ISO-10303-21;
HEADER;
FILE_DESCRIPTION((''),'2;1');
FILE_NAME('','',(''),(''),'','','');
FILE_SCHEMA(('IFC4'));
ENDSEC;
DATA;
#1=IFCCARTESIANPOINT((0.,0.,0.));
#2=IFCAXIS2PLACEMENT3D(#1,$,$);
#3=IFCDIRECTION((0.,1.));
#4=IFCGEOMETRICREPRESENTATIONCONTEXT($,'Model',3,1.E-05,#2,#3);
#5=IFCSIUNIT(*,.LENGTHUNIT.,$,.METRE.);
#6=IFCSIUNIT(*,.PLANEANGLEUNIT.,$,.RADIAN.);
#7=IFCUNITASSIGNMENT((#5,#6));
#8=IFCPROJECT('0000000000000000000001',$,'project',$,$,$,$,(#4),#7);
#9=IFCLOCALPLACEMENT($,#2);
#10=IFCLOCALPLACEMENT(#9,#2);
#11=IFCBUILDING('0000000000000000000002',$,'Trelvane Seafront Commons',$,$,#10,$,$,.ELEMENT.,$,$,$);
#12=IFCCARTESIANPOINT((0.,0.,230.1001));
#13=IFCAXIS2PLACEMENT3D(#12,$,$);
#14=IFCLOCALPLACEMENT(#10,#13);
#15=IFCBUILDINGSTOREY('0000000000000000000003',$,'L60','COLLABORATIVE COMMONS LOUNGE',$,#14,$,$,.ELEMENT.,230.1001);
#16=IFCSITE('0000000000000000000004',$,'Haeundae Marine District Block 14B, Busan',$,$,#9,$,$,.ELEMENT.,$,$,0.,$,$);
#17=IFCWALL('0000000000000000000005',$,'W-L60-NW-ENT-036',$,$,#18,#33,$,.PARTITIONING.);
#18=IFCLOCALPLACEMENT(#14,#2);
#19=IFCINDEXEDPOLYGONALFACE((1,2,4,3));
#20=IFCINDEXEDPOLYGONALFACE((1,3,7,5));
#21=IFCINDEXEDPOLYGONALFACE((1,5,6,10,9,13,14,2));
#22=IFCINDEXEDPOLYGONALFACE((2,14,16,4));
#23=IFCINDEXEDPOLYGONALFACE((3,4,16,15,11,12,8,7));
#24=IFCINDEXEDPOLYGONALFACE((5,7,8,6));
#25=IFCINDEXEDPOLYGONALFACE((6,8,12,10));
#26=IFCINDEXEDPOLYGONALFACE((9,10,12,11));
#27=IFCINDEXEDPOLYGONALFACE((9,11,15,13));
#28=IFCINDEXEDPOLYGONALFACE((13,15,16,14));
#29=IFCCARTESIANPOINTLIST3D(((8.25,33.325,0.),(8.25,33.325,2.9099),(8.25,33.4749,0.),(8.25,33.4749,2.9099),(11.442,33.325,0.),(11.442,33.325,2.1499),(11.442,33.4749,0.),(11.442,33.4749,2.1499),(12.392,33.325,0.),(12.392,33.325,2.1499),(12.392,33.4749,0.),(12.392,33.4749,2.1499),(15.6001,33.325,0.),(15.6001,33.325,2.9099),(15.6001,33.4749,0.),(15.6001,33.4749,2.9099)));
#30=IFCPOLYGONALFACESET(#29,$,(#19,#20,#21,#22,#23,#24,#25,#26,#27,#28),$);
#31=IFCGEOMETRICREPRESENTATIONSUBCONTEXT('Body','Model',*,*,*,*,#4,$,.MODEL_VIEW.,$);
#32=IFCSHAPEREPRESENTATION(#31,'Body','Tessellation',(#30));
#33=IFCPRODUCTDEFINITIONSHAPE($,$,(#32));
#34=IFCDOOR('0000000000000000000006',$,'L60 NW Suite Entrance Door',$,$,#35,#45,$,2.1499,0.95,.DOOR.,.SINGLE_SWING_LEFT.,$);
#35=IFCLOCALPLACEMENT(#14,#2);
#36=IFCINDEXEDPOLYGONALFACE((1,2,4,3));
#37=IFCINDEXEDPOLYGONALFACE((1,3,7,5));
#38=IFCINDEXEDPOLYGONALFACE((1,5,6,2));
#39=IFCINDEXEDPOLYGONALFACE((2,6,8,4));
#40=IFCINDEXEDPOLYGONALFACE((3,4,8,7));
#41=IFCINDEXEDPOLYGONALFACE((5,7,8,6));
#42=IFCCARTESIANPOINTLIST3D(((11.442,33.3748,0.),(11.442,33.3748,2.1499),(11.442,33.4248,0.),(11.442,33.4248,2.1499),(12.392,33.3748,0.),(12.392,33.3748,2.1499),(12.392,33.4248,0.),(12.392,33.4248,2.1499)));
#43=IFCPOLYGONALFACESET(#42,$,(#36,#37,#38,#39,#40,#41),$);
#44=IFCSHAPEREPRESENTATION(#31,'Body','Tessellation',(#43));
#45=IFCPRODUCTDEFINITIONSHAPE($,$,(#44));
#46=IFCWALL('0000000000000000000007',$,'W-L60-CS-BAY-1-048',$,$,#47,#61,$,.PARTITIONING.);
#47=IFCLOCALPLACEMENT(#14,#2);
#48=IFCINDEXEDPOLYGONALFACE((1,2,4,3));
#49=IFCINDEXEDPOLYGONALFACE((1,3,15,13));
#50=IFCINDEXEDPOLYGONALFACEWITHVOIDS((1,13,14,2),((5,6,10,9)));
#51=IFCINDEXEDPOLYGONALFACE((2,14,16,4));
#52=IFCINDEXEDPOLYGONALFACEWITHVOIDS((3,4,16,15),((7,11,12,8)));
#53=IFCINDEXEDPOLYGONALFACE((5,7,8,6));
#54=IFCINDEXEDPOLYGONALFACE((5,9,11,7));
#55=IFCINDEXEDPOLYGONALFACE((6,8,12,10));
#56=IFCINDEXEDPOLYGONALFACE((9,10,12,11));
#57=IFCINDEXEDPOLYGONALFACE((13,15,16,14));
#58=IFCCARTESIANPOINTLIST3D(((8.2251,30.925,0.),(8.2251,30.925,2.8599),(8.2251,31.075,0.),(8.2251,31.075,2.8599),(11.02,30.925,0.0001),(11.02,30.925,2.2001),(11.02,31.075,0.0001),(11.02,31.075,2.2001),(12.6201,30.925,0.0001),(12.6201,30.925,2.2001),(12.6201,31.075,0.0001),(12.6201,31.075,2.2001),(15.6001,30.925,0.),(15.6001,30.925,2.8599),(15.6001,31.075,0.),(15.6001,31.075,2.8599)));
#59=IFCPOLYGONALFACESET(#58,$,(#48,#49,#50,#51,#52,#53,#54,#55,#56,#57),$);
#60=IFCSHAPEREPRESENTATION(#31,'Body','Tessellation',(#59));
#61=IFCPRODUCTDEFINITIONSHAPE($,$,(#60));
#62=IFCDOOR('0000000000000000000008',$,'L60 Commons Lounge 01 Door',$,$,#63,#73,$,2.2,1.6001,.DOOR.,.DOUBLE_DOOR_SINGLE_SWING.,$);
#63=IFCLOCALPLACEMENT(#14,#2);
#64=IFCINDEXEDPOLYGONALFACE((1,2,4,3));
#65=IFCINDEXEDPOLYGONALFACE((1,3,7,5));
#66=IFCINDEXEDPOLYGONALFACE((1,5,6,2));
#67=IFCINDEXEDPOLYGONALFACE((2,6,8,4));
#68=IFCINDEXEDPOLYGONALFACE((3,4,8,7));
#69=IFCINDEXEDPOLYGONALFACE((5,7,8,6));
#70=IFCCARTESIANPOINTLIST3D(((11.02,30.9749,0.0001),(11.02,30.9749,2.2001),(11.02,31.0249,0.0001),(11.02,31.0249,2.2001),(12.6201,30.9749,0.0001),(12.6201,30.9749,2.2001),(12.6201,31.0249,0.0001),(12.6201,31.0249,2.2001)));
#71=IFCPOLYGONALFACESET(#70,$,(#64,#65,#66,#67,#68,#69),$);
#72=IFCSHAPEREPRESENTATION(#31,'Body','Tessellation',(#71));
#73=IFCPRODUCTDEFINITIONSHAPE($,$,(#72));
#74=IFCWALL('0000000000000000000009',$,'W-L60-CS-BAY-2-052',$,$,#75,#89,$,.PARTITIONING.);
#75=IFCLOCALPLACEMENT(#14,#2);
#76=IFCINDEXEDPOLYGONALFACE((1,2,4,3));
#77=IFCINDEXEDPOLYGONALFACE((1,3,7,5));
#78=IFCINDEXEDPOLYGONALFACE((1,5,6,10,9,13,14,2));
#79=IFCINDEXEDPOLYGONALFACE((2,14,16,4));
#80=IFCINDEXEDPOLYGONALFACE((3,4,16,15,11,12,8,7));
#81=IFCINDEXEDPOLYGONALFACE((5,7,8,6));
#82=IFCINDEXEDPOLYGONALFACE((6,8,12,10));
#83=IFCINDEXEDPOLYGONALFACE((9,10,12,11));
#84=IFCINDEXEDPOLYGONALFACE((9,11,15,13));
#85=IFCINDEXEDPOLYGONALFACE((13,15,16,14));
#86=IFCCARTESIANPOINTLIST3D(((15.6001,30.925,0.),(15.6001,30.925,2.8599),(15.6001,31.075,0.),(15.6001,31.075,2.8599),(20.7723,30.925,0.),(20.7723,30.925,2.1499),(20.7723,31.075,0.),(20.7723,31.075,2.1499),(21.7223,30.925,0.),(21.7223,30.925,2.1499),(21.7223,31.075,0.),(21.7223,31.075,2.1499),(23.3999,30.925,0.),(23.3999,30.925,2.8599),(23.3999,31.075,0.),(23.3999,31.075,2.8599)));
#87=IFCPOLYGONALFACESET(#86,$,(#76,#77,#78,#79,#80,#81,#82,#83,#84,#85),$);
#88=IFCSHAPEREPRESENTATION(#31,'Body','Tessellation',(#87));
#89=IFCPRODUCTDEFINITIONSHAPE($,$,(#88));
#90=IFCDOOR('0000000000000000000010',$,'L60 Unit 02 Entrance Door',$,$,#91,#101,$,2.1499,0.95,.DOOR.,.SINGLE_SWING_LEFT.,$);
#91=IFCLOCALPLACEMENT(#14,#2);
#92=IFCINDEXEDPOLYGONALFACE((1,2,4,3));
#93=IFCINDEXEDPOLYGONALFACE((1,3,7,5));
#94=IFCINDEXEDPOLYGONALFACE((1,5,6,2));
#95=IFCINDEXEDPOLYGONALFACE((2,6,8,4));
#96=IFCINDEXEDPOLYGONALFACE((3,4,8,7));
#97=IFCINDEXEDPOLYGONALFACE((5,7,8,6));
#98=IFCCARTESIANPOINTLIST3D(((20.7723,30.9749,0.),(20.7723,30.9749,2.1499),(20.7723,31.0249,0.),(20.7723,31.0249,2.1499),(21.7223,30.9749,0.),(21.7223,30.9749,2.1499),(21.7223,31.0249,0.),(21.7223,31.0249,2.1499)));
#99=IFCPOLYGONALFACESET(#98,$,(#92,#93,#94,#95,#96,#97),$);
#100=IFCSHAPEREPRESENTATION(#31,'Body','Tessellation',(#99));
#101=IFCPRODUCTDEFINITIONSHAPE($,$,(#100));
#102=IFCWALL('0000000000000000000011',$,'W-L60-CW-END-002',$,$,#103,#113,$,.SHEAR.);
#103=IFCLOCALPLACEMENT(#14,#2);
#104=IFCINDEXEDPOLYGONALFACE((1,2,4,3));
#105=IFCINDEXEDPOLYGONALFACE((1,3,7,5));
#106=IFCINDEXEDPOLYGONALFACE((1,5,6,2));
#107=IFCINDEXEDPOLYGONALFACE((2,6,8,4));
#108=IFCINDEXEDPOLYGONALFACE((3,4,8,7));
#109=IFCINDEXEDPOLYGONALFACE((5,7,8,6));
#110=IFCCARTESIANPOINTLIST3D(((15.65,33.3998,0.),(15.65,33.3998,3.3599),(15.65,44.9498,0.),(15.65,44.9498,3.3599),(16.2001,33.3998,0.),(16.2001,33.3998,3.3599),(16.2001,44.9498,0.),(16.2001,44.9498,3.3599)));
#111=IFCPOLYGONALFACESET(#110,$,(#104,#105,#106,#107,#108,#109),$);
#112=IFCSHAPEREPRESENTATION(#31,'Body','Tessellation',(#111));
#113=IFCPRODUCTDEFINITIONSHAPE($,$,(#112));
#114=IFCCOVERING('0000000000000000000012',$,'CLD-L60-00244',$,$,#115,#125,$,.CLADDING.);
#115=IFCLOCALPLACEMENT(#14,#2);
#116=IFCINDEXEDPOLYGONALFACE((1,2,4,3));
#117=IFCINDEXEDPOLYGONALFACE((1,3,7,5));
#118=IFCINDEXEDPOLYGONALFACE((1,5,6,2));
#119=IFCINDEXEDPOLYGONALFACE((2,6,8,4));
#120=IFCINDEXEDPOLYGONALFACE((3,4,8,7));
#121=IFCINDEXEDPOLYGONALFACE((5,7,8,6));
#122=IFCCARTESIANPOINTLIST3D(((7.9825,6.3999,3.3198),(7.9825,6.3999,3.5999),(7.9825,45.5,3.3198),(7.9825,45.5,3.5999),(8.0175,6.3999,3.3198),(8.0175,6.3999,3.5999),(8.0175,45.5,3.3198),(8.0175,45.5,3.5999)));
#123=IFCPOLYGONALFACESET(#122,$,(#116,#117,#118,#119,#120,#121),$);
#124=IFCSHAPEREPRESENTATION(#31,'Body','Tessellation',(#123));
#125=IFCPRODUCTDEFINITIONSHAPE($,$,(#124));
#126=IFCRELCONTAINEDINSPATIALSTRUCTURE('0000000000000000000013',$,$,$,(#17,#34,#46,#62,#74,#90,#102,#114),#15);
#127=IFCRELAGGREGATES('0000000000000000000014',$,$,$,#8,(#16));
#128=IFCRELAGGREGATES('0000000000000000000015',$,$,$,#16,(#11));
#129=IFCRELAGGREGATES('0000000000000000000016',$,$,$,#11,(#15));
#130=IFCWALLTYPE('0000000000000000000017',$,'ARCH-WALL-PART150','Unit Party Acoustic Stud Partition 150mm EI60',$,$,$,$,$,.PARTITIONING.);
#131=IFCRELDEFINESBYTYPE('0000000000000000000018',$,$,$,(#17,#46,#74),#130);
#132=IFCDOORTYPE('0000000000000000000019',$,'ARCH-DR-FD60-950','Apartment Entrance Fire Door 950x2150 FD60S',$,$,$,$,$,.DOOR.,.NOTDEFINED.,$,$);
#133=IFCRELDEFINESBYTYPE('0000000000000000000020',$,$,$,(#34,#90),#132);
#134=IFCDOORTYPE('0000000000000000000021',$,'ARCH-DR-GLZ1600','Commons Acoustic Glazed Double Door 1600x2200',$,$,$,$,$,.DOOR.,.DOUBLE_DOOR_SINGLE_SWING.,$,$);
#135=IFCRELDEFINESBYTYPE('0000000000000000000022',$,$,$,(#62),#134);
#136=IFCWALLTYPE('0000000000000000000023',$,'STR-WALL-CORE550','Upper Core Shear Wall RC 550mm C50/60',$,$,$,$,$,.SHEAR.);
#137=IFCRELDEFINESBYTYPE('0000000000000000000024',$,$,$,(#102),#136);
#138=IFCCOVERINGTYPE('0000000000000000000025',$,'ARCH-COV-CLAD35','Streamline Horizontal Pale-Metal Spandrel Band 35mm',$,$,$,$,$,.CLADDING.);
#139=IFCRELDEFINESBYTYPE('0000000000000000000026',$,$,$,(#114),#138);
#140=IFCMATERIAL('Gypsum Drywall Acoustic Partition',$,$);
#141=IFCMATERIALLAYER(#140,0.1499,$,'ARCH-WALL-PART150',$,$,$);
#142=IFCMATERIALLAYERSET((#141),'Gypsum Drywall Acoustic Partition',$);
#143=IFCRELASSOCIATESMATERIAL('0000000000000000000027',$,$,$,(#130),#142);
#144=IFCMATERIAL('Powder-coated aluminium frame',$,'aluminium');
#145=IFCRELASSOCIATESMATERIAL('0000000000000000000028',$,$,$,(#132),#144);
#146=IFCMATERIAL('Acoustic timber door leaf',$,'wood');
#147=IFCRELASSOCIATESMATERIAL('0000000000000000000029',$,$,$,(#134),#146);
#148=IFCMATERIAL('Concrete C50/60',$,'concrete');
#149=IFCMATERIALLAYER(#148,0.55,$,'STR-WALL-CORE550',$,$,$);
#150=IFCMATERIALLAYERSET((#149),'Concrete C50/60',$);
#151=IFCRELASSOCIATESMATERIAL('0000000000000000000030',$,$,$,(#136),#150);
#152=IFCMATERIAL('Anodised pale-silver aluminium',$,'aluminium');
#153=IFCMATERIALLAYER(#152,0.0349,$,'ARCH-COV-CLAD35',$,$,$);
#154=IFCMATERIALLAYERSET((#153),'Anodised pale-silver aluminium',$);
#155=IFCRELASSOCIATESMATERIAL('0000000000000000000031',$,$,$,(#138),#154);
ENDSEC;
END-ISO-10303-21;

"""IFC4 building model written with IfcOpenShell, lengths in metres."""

from ifc_helpers import new_model, si_unit, direction, frame, frame_2d, origin, origin_2d, place, context, subcontext, project, spatial, rectangle, extrude, source, transform, mapped, material, layer, layer_set, type_object, element, fill, save


model = new_model("IFC4")

# Units and contexts
model_context = context("Model", 3, precision=1e-05, world=origin(), true_north=direction((0.0, 1.0)))
body_context = subcontext(model_context, "Body", "Model", "MODEL_VIEW")
ifc_project = project(units=[si_unit("LENGTHUNIT", "METRE"), si_unit("PLANEANGLEUNIT", "RADIAN")], contexts=[model_context])

# Site, building, storey
site_placement = place(None, origin())
site = spatial("IfcSite", under=ifc_project, at=site_placement, Name="Haeundae Marine District Block 14B, Busan", CompositionType="ELEMENT", RefElevation=0.0)
building_placement = place(site_placement, origin())
building = spatial("IfcBuilding", under=site, at=building_placement, Name="Trelvane Seafront Commons", CompositionType="ELEMENT")
storey_placement = place(building_placement, frame((0.0, 0.0, 230.1001)))
storey = spatial("IfcBuildingStorey", under=building, at=storey_placement, Name="L60", Description="COLLABORATIVE COMMONS LOUNGE", CompositionType="ELEMENT", Elevation=230.1001)

# Shared definitions
ifc_material_1 = material(Name="Concrete C50/60", Category="concrete")

# Shared definitions
ifc_material_2 = material(Name="Anodised pale-silver aluminium", Category="aluminium")

# Shared definitions
ifc_material_3 = material(Name="Gypsum Drywall Acoustic Partition")
ifc_material_4 = material(Name="Acoustic timber door leaf", Category="wood")
shared_shape_1 = source(origin(), body_context, "Body", "SweptSolid", [
    extrude(rectangle(XDim=0.95, YDim=2.1499, at=frame_2d((0.4751, 1.075))), frame((0.0, 0.0249, 0.0), z_axis=(0.0, -1.0, 0.0), x_axis=(1.0, 0.0, 0.0)), (0.0, 0.0, 1.0), 0.05),
])

# Walls, openings, doors
ifc_layer_1 = layer(ifc_material_3, 0.1499, Name="ARCH-WALL-PART150")
ifc_layer_set_1 = layer_set([ifc_layer_1], Name="Gypsum Drywall Acoustic Partition")
wall_type_1 = type_object("IfcWallType", Name="ARCH-WALL-PART150", Description="Unit Party Acoustic Stud Partition 150mm EI60", PredefinedType="PARTITIONING", material=ifc_layer_set_1)
wall_1_placement = place(storey_placement, frame((8.25, 33.3999, 0.0), z_axis=(0.0, 0.0, 1.0), x_axis=(1.0, 0.0, 0.0)))
wall_1 = element("IfcWall", 1, at=wall_1_placement, inside=storey, type_object=wall_type_1, Name="W-L60-NW-ENT-036", PredefinedType="PARTITIONING", context=body_context, shape_type="SweptSolid", body=[
    extrude(rectangle(XDim=7.3501, YDim=0.1499, at=frame_2d((3.675, 0.0))), origin(), (0.0, 0.0, 1.0), 2.9099),
])
opening_1_placement = place(wall_1_placement, frame((3.1919, 0.0, 0.0)))
opening_1 = element("IfcOpeningElement", 2, at=opening_1_placement, cuts=wall_1, PredefinedType="OPENING", context=body_context, shape_type="SweptSolid", body=[
    extrude(rectangle(XDim=0.95, YDim=2.1499, at=frame_2d((0.4751, 1.075))), frame((0.0, 0.085, 0.0), z_axis=(0.0, -1.0, 0.0), x_axis=(1.0, 0.0, 0.0)), (0.0, 0.0, 1.0), 0.1699),
])
ifc_material_5 = material(Name="Powder-coated aluminium frame", Category="aluminium")
door_type_1 = type_object("IfcDoorType", Name="ARCH-DR-FD60-950", Description="Apartment Entrance Fire Door 950x2150 FD60S", OperationType="NOTDEFINED", PredefinedType="DOOR", material=ifc_material_5)
door_1_placement = place(opening_1_placement, origin())
door_1 = element("IfcDoor", 3, at=door_1_placement, inside=storey, type_object=door_type_1, Name="L60 NW Suite Entrance Door", OperationType="SINGLE_SWING_LEFT", OverallHeight=2.1499, OverallWidth=0.95, PredefinedType="DOOR", context=body_context, shape_type="MappedRepresentation", body=[
    mapped(shared_shape_1, transform((0.0, 0.0, 0.0), x_axis=(1.0, 0.0, 0.0), y_axis=(0.0, 1.0, 0.0), z_axis=(0.0, 0.0, 1.0), scale=1.0)),
])
fill(opening_1, door_1)
wall_2_placement = place(storey_placement, frame((8.2251, 31.0, 0.0), z_axis=(0.0, 0.0, 1.0), x_axis=(1.0, 0.0, 0.0)))
wall_2 = element("IfcWall", 4, at=wall_2_placement, inside=storey, type_object=wall_type_1, Name="W-L60-CS-BAY-1-048", PredefinedType="PARTITIONING", context=body_context, shape_type="SweptSolid", body=[
    extrude(rectangle(XDim=7.375, YDim=0.1499, at=frame_2d((3.6875, 0.0))), origin(), (0.0, 0.0, 1.0), 2.8599),
])
opening_2_placement = place(wall_2_placement, frame((2.7949, 0.0, 0.0)))
opening_2 = element("IfcOpeningElement", 5, at=opening_2_placement, cuts=wall_2, PredefinedType="OPENING", context=body_context, shape_type="SweptSolid", body=[
    extrude(rectangle(XDim=1.6001, YDim=2.2, at=frame_2d((0.8, 1.1001))), frame((0.0, 0.085, 0.0), z_axis=(0.0, -1.0, 0.0), x_axis=(1.0, 0.0, 0.0)), (0.0, 0.0, 1.0), 0.1699),
])
door_type_2 = type_object("IfcDoorType", Name="ARCH-DR-GLZ1600", Description="Commons Acoustic Glazed Double Door 1600x2200", OperationType="DOUBLE_DOOR_SINGLE_SWING", PredefinedType="DOOR", material=ifc_material_4)
shared_shape_2 = source(origin(), body_context, "Body", "SweptSolid", [
    extrude(rectangle(XDim=1.6001, YDim=2.2, at=frame_2d((0.8, 1.1001))), frame((0.0, 0.0249, 0.0), z_axis=(0.0, -1.0, 0.0), x_axis=(1.0, 0.0, 0.0)), (0.0, 0.0, 1.0), 0.05),
])
door_2_placement = place(opening_2_placement, origin())
door_2 = element("IfcDoor", 6, at=door_2_placement, inside=storey, type_object=door_type_2, Name="L60 Commons Lounge 01 Door", OperationType="DOUBLE_DOOR_SINGLE_SWING", OverallHeight=2.2, OverallWidth=1.6001, PredefinedType="DOOR", context=body_context, shape_type="MappedRepresentation", body=[
    mapped(shared_shape_2, transform((0.0, 0.0, 0.0), x_axis=(1.0, 0.0, 0.0), y_axis=(0.0, 1.0, 0.0), z_axis=(0.0, 0.0, 1.0), scale=1.0)),
])
fill(opening_2, door_2)
wall_3_placement = place(storey_placement, frame((15.6001, 31.0, 0.0), z_axis=(0.0, 0.0, 1.0), x_axis=(1.0, 0.0, 0.0)))
wall_3 = element("IfcWall", 7, at=wall_3_placement, inside=storey, type_object=wall_type_1, Name="W-L60-CS-BAY-2-052", PredefinedType="PARTITIONING", context=body_context, shape_type="SweptSolid", body=[
    extrude(rectangle(XDim=7.7998, YDim=0.1499, at=frame_2d((3.8999, 0.0))), origin(), (0.0, 0.0, 1.0), 2.8599),
])
opening_3_placement = place(wall_3_placement, frame((5.1721, 0.0, 0.0)))
opening_3 = element("IfcOpeningElement", 8, at=opening_3_placement, cuts=wall_3, PredefinedType="OPENING", context=body_context, shape_type="SweptSolid", body=[
    extrude(rectangle(XDim=0.95, YDim=2.1499, at=frame_2d((0.4751, 1.075))), frame((0.0, 0.085, 0.0), z_axis=(0.0, -1.0, 0.0), x_axis=(1.0, 0.0, 0.0)), (0.0, 0.0, 1.0), 0.1699),
])
door_3_placement = place(opening_3_placement, origin())
door_3 = element("IfcDoor", 9, at=door_3_placement, inside=storey, type_object=door_type_1, Name="L60 Unit 02 Entrance Door", OperationType="SINGLE_SWING_LEFT", OverallHeight=2.1499, OverallWidth=0.95, PredefinedType="DOOR", context=body_context, shape_type="MappedRepresentation", body=[
    mapped(shared_shape_1, transform((0.0, 0.0, 0.0), x_axis=(1.0, 0.0, 0.0), y_axis=(0.0, 1.0, 0.0), z_axis=(0.0, 0.0, 1.0), scale=1.0)),
])
fill(opening_3, door_3)

# Wall
ifc_layer_2 = layer(ifc_material_1, 0.55, Name="STR-WALL-CORE550")
ifc_layer_set_2 = layer_set([ifc_layer_2], Name="Concrete C50/60")
wall_type_2 = type_object("IfcWallType", Name="STR-WALL-CORE550", Description="Upper Core Shear Wall RC 550mm C50/60", PredefinedType="SHEAR", material=ifc_layer_set_2)
wall_4_placement = place(storey_placement, frame((15.925, 33.3999, 0.0), z_axis=(0.0, 0.0, 1.0), x_axis=(0.0, 1.0, 0.0)))
element("IfcWall", 10, at=wall_4_placement, inside=storey, type_object=wall_type_2, Name="W-L60-CW-END-002", PredefinedType="SHEAR", context=body_context, shape_type="SweptSolid", body=[
    extrude(rectangle(XDim=11.55, YDim=0.55, at=frame_2d((5.7749, 0.0))), origin(), (0.0, 0.0, 1.0), 3.3599),
])

# Covering
ifc_layer_3 = layer(ifc_material_2, 0.0349, Name="ARCH-COV-CLAD35")
ifc_layer_set_3 = layer_set([ifc_layer_3], Name="Anodised pale-silver aluminium")
covering_type = type_object("IfcCoveringType", Name="ARCH-COV-CLAD35", Description="Streamline Horizontal Pale-Metal Spandrel Band 35mm", PredefinedType="CLADDING", material=ifc_layer_set_3)
shared_shape_3 = source(origin(), body_context, "Body", "SweptSolid", [
    extrude(rectangle(XDim=39.1001, YDim=0.0349, at=origin_2d()), origin(), (0.0, 0.0, 1.0), 0.28),
])
covering_placement = place(storey_placement, frame((8.0, 25.95, 3.3198), z_axis=(0.0, 0.0, 1.0), x_axis=(0.0, 1.0, 0.0)))
element("IfcCovering", 11, at=covering_placement, inside=storey, type_object=covering_type, Name="CLD-L60-00244", PredefinedType="CLADDING", context=body_context, shape_type="MappedRepresentation", body=[
    mapped(shared_shape_3, transform((0.0, 0.0, 0.0), x_axis=(1.0, 0.0, 0.0), y_axis=(0.0, 1.0, 0.0), z_axis=(0.0, 0.0, 1.0), scale=1.0)),
])

save(model, "model.ifc")
